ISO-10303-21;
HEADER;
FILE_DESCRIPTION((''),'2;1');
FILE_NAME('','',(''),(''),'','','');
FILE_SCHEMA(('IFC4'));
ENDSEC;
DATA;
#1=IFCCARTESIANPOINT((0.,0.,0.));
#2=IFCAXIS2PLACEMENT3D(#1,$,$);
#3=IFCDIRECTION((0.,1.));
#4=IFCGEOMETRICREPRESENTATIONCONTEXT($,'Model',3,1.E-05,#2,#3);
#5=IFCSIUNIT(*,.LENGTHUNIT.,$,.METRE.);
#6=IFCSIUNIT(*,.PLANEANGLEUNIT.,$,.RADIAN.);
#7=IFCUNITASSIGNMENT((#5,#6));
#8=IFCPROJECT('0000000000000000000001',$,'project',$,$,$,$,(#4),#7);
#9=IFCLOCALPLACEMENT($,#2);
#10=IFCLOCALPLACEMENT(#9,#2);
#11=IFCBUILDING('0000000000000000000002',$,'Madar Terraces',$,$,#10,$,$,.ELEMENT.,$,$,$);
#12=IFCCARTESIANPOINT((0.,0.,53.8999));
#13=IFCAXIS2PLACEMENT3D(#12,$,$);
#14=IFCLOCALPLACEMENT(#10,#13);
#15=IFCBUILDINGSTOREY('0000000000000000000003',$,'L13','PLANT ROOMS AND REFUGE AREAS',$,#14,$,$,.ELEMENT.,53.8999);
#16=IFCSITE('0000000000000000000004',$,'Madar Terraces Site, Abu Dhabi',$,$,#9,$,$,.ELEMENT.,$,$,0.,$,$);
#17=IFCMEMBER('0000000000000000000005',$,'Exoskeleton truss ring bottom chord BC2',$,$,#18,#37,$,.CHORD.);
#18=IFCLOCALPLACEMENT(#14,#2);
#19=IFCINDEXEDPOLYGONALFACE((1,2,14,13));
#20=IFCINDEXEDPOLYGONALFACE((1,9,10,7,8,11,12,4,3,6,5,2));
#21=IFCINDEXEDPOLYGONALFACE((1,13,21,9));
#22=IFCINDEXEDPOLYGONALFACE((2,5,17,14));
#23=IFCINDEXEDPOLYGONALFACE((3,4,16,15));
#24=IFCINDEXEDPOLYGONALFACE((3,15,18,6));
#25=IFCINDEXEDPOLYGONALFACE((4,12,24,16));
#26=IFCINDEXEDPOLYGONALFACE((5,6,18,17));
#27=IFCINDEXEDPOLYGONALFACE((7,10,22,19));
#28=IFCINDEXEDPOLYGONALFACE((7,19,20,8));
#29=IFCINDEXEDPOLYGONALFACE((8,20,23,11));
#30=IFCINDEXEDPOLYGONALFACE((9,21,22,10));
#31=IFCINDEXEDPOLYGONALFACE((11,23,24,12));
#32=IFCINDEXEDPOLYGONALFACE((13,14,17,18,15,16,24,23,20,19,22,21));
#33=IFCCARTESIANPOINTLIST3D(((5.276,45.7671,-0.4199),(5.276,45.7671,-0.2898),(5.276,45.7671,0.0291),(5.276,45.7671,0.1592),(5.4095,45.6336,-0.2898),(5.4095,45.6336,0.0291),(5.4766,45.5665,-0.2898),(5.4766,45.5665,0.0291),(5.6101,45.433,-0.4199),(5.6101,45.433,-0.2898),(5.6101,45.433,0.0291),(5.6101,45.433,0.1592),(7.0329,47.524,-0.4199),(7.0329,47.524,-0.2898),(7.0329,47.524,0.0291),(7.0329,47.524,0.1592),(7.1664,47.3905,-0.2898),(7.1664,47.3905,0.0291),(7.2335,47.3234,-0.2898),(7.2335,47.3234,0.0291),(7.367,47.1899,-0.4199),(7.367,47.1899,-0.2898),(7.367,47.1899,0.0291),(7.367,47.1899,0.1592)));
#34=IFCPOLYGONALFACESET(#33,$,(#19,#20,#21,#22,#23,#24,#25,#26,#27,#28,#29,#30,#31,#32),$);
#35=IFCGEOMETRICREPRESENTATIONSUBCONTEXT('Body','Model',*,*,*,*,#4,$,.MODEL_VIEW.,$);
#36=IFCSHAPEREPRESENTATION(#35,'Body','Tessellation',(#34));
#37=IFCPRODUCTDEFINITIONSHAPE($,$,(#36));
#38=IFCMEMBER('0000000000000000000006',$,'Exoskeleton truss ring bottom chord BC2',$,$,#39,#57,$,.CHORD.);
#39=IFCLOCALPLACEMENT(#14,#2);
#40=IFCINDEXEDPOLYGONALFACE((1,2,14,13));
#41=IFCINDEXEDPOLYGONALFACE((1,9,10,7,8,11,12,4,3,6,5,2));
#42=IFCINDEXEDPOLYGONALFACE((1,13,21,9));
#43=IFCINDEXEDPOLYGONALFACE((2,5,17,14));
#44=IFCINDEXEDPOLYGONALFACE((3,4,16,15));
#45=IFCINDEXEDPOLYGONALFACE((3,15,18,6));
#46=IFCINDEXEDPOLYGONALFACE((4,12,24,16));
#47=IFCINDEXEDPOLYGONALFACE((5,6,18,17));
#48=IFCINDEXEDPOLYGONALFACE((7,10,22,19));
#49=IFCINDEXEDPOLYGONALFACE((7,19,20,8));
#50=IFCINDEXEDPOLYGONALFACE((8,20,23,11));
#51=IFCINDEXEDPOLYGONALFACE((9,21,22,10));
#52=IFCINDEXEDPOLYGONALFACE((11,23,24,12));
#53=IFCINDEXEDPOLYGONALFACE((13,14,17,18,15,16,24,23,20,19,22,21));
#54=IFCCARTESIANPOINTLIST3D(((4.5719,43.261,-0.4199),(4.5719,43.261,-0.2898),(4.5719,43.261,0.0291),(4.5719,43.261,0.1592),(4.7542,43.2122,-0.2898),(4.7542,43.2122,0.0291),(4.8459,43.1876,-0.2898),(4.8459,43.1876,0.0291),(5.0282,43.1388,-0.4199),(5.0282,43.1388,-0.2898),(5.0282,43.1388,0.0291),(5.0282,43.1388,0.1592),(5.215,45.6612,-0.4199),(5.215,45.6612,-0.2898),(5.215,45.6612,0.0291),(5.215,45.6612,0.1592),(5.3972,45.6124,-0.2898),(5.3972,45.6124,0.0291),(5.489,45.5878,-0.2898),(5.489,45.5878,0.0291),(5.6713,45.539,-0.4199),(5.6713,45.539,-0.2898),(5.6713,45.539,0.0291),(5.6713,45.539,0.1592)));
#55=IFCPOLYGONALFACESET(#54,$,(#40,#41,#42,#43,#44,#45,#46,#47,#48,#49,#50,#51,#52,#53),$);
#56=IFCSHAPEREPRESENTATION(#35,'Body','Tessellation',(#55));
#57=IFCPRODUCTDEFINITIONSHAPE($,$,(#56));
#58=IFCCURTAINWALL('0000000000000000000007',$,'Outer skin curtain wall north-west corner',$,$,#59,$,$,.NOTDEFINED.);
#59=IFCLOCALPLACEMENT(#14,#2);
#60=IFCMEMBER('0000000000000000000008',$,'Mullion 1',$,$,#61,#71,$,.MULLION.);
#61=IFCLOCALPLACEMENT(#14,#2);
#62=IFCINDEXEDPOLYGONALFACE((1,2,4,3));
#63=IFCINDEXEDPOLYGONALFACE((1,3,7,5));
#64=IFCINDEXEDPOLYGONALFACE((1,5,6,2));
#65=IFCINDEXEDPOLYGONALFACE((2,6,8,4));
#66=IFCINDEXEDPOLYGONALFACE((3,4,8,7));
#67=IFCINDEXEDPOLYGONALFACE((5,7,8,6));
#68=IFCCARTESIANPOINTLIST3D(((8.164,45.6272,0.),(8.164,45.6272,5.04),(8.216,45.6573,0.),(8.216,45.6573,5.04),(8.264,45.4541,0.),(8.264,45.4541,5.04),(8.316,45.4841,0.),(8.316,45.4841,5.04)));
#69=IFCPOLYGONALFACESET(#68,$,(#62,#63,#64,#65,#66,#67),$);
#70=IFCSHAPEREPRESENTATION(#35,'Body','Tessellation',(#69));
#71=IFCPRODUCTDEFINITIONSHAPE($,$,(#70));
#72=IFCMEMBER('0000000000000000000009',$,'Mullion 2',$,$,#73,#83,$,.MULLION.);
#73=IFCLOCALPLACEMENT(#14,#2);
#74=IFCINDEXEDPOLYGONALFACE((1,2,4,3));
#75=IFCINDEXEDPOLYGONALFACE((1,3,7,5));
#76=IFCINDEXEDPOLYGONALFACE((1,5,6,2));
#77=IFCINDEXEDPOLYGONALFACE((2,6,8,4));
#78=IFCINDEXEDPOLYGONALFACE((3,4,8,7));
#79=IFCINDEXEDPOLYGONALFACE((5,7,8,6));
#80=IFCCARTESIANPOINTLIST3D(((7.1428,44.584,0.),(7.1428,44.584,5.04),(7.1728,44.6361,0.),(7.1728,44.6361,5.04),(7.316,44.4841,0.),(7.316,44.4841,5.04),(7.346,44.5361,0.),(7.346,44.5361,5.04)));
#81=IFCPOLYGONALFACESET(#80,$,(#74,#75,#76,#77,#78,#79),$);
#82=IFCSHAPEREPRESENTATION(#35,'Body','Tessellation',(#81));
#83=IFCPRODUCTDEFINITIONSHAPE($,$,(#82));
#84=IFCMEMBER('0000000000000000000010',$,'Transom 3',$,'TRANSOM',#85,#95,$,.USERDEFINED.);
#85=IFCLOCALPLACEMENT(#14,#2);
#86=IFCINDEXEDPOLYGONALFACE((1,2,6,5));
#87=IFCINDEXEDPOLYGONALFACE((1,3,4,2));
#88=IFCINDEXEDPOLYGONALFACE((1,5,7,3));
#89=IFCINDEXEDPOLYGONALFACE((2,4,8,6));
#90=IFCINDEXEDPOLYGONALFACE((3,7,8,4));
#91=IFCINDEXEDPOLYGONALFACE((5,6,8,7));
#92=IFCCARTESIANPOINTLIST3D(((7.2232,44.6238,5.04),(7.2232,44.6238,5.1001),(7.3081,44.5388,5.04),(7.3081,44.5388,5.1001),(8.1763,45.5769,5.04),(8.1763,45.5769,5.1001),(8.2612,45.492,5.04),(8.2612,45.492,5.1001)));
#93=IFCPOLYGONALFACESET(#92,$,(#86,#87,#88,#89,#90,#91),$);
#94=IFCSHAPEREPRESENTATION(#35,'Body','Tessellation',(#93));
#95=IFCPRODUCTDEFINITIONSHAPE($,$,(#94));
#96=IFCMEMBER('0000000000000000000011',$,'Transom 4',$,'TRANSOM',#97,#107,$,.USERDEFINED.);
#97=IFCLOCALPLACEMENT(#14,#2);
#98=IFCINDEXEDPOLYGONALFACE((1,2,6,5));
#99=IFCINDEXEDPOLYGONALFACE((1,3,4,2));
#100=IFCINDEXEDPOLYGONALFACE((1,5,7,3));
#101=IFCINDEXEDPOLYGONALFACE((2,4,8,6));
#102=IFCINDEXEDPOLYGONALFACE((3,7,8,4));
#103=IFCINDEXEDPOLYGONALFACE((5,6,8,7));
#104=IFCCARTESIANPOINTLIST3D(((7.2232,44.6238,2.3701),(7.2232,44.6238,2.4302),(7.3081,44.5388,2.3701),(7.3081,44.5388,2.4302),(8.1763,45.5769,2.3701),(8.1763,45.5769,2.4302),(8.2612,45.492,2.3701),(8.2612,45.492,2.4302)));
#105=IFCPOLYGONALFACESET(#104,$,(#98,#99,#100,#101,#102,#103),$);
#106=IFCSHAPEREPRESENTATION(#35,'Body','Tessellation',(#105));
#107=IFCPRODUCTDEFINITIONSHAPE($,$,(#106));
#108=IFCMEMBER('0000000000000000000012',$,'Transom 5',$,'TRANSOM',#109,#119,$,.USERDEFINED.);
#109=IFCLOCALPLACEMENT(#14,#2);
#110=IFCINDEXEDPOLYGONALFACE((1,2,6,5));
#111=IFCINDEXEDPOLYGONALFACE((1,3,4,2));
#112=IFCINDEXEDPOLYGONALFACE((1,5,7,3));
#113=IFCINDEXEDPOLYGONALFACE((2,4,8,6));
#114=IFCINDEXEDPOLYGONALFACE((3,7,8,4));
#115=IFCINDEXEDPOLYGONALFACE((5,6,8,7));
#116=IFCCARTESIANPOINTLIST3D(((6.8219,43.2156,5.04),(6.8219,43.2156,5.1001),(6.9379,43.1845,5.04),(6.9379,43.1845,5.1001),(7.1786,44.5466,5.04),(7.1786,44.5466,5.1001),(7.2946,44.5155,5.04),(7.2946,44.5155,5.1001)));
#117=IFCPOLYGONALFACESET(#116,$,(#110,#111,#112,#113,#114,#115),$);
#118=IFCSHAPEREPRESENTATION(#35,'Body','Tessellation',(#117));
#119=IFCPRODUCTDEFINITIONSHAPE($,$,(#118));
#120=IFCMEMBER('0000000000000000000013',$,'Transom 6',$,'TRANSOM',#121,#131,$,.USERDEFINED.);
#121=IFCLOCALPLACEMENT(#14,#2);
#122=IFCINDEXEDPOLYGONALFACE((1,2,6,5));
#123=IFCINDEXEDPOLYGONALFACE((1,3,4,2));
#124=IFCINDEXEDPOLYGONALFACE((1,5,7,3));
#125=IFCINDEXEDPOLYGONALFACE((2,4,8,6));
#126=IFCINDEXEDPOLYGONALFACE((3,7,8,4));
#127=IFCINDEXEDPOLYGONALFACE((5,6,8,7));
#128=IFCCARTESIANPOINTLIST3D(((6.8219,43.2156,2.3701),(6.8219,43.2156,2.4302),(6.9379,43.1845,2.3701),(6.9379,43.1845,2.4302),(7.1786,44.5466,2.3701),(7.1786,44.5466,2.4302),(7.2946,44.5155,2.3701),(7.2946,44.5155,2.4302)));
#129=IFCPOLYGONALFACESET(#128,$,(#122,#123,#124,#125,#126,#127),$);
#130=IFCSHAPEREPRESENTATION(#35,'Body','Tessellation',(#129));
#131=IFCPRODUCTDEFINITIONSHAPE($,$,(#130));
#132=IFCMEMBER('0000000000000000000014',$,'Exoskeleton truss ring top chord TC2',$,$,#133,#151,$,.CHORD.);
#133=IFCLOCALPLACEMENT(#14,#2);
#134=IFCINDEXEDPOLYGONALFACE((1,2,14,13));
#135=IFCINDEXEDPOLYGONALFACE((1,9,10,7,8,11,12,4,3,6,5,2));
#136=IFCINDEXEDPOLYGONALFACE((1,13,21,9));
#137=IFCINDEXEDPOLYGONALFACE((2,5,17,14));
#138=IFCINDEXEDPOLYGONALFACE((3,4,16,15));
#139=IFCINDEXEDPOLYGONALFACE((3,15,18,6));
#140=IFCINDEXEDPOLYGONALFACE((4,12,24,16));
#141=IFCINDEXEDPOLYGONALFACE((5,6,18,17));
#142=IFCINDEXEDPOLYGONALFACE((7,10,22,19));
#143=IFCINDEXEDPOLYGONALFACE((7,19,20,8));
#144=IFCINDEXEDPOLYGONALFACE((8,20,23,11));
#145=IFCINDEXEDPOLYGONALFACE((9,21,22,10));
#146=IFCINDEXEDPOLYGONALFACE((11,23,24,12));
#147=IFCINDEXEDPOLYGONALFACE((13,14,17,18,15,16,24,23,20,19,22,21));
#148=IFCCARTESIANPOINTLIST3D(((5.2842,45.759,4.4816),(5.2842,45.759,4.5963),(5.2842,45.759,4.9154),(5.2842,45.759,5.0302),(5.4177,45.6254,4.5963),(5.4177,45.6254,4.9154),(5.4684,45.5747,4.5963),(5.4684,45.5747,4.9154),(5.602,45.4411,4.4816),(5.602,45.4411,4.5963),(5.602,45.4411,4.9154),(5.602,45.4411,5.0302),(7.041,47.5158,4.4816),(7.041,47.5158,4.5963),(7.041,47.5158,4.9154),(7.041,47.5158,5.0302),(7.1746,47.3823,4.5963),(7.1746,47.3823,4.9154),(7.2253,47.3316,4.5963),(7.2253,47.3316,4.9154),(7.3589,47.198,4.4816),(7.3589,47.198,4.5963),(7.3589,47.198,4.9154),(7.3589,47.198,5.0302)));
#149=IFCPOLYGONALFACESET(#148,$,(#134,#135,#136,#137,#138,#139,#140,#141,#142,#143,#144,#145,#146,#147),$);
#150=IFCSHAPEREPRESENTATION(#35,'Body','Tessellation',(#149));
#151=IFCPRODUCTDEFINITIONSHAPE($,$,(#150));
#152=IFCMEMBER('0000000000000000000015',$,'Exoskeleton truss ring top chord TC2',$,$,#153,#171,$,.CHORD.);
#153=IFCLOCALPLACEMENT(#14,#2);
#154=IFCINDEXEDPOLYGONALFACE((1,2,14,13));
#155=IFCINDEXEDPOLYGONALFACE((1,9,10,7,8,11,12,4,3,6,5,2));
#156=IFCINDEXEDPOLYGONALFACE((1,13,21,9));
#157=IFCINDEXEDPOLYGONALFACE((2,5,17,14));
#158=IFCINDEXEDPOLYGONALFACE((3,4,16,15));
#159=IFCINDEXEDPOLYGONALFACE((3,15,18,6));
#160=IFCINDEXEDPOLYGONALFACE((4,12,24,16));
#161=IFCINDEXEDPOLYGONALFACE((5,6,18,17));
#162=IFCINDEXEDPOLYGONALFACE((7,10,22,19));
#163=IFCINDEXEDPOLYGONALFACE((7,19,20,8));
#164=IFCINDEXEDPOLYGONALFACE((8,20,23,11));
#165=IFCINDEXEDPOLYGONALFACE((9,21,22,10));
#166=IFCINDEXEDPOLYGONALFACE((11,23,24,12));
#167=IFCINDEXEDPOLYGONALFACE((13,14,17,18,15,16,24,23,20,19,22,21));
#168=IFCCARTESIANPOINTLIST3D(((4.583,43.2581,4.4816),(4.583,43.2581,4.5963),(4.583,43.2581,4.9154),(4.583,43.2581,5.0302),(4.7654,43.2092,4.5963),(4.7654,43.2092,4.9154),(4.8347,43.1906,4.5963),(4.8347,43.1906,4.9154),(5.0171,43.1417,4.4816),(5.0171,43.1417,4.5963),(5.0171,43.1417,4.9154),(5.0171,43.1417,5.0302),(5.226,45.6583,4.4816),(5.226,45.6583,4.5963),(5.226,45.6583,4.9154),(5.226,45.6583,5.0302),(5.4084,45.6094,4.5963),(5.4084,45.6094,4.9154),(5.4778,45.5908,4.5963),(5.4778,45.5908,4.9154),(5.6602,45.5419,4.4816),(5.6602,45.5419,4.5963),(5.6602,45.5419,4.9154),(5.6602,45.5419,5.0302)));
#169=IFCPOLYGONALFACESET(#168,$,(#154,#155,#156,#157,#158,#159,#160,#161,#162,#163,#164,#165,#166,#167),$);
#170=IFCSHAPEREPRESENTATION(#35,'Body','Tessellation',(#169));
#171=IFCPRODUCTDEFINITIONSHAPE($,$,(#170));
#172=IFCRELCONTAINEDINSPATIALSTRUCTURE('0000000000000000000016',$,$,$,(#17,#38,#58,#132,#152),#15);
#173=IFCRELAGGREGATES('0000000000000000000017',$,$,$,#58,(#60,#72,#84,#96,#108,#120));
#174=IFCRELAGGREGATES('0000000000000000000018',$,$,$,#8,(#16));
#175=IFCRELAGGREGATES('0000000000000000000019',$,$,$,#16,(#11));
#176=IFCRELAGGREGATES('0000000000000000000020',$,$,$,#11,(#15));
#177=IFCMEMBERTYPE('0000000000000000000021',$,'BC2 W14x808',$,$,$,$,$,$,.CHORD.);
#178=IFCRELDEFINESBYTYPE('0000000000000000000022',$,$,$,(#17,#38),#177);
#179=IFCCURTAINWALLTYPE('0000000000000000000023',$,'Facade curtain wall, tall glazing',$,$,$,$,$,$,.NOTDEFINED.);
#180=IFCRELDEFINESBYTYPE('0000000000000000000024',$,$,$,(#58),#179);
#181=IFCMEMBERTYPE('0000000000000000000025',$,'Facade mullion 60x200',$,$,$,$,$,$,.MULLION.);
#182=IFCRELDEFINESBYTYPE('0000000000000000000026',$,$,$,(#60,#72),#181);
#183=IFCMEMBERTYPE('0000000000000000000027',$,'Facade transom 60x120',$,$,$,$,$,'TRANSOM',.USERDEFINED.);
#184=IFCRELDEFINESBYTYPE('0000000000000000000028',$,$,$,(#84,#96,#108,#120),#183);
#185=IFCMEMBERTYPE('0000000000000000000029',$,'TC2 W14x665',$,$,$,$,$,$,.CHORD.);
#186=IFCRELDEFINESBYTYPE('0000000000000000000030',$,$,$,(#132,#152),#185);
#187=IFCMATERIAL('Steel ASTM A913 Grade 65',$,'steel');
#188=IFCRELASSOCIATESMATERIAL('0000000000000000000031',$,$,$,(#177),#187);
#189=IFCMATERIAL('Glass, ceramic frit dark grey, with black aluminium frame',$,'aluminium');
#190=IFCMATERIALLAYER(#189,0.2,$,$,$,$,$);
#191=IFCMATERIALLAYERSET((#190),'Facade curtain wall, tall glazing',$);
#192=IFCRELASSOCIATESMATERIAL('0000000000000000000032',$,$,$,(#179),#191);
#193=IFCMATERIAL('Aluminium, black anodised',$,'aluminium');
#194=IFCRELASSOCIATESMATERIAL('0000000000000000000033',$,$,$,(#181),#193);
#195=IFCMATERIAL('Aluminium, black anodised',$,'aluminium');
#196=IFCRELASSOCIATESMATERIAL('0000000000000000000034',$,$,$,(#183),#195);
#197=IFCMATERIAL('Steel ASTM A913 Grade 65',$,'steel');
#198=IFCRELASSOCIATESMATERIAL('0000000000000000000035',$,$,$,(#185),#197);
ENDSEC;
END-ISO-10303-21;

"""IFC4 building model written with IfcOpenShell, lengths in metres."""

from ifc_helpers import new_model, si_unit, direction, frame, origin, origin_2d, place, context, subcontext, project, spatial, rectangle, i_section, extrude, material, layer, layer_set, material_profile, profile_set, type_object, element, aggregate, save


model = new_model("IFC4")

# Units and contexts
model_context = context("Model", 3, precision=1e-05, world=origin(), true_north=direction((0.0, 1.0)))
body_context = subcontext(model_context, "Body", "Model", "MODEL_VIEW")
ifc_project = project(units=[si_unit("LENGTHUNIT", "METRE"), si_unit("PLANEANGLEUNIT", "RADIAN")], contexts=[model_context])

# Site, building, storey
site_placement = place(None, origin())
site = spatial("IfcSite", under=ifc_project, at=site_placement, Name="Madar Terraces Site, Abu Dhabi", CompositionType="ELEMENT", RefElevation=0.0)
building_placement = place(site_placement, origin())
building = spatial("IfcBuilding", under=site, at=building_placement, Name="Madar Terraces", CompositionType="ELEMENT")
storey_placement = place(building_placement, frame((0.0, 0.0, 53.8999)))
storey = spatial("IfcBuildingStorey", under=building, at=storey_placement, Name="L13", Description="PLANT ROOMS AND REFUGE AREAS", CompositionType="ELEMENT", Elevation=53.8999)

# Members
ifc_material_1 = material(Name="Steel ASTM A913 Grade 65", Category="steel")
ifc_material_profile_1 = material_profile(ifc_material_1, i_section(OverallWidth=0.4724, OverallDepth=0.5791, WebThickness=0.095, FlangeThickness=0.1301, at=origin_2d()), Name="W14x808")
ifc_profile_set_1 = profile_set([ifc_material_profile_1], Name="Steel ASTM A913 Grade 65")
member_type_1 = type_object("IfcMemberType", Name="BC2 W14x808", PredefinedType="CHORD", material=ifc_profile_set_1)
member_1_placement = place(storey_placement, frame((7.2, 47.3569, -0.1304), z_axis=(-0.707107, -0.707107, 0.0), x_axis=(0.707107, -0.707107, 0.0)))
element("IfcMember", 1, at=member_1_placement, inside=storey, type_object=member_type_1, Name="Exoskeleton truss ring bottom chord BC2", PredefinedType="CHORD", context=body_context, shape_type="SweptSolid", body=[
    extrude(i_section(OverallWidth=0.4724, OverallDepth=0.5791, WebThickness=0.095, FlangeThickness=0.1301, at=origin_2d()), origin(), (0.0, 0.0, 1.0), 2.4846),
])
member_2_placement = place(storey_placement, frame((5.4431, 45.6001, -0.1304), z_axis=(-0.2588, -0.965931, 0.0), x_axis=(0.965931, -0.2588, 0.0)))
element("IfcMember", 2, at=member_2_placement, inside=storey, type_object=member_type_1, Name="Exoskeleton truss ring bottom chord BC2", PredefinedType="CHORD", context=body_context, shape_type="SweptSolid", body=[
    extrude(i_section(OverallWidth=0.4724, OverallDepth=0.5791, WebThickness=0.095, FlangeThickness=0.1301, at=origin_2d()), origin(), (0.0, 0.0, 1.0), 2.4849),
])

# Curtain wall, members
ifc_material_2 = material(Name="Glass, ceramic frit dark grey, with black aluminium frame", Category="aluminium")
ifc_layer_1 = layer(ifc_material_2, 0.2)
ifc_layer_set_1 = layer_set([ifc_layer_1], Name="Facade curtain wall, tall glazing")
curtain_wall_type = type_object("IfcCurtainWallType", Name="Facade curtain wall, tall glazing", PredefinedType="NOTDEFINED", material=ifc_layer_set_1)
curtain_wall_placement = place(storey_placement, origin())
curtain_wall = element("IfcCurtainWall", 3, at=curtain_wall_placement, inside=storey, type_object=curtain_wall_type, Name="Outer skin curtain wall north-west corner", PredefinedType="NOTDEFINED")
ifc_material_3 = material(Name="Aluminium, black anodised", Category="aluminium")
ifc_material_profile_2 = material_profile(ifc_material_3, rectangle(XDim=0.2, YDim=0.0601, at=origin_2d()), Name="Facade mullion 60x200")
ifc_profile_set_2 = profile_set([ifc_material_profile_2], Name="Aluminium, black anodised")
member_type_2 = type_object("IfcMemberType", Name="Facade mullion 60x200", PredefinedType="MULLION", material=ifc_profile_set_2)
member_3_placement = place(storey_placement, frame((8.24, 45.5557, 0.0), z_axis=(0.0, 0.0, 1.0), x_axis=(0.5, -0.866025, 0.0)))
member_3 = element("IfcMember", 4, at=member_3_placement, type_object=member_type_2, Name="Mullion 1", PredefinedType="MULLION", context=body_context, shape_type="SweptSolid", body=[
    extrude(rectangle(XDim=0.2, YDim=0.0601, at=origin_2d()), origin(), (0.0, 0.0, 1.0), 5.04),
])
member_4_placement = place(storey_placement, frame((7.2444, 44.5601, 0.0), z_axis=(0.0, 0.0, 1.0), x_axis=(0.866025, -0.5, 0.0)))
member_4 = element("IfcMember", 5, at=member_4_placement, type_object=member_type_2, Name="Mullion 2", PredefinedType="MULLION", context=body_context, shape_type="SweptSolid", body=[
    extrude(rectangle(XDim=0.2, YDim=0.0601, at=origin_2d()), origin(), (0.0, 0.0, 1.0), 5.04),
])
ifc_material_4 = material(Name="Aluminium, black anodised", Category="aluminium")
ifc_material_profile_3 = material_profile(ifc_material_4, rectangle(XDim=0.1201, YDim=0.0601, at=origin_2d()), Name="Facade transom 60x120")
ifc_profile_set_3 = profile_set([ifc_material_profile_3], Name="Aluminium, black anodised")
member_type_3 = type_object("IfcMemberType", Name="Facade transom 60x120", ElementType="TRANSOM", PredefinedType="USERDEFINED", material=ifc_profile_set_3)
member_5_placement = place(storey_placement, frame((8.2188, 45.5344, 5.0701), z_axis=(-0.707107, -0.707107, 0.0), x_axis=(0.707107, -0.707107, 0.0)))
member_5 = element("IfcMember", 6, at=member_5_placement, type_object=member_type_3, Name="Transom 3", ObjectType="TRANSOM", PredefinedType="USERDEFINED", context=body_context, shape_type="SweptSolid", body=[
    extrude(rectangle(XDim=0.1201, YDim=0.0601, at=origin_2d()), origin(), (0.0, 0.0, 1.0), 1.3479),
])
member_6_placement = place(storey_placement, frame((8.2188, 45.5344, 2.4001), z_axis=(-0.707107, -0.707107, 0.0), x_axis=(0.707107, -0.707107, 0.0)))
member_6 = element("IfcMember", 7, at=member_6_placement, type_object=member_type_3, Name="Transom 4", ObjectType="TRANSOM", PredefinedType="USERDEFINED", context=body_context, shape_type="SweptSolid", body=[
    extrude(rectangle(XDim=0.1201, YDim=0.0601, at=origin_2d()), origin(), (0.0, 0.0, 1.0), 1.3479),
])
member_7_placement = place(storey_placement, frame((7.2366, 44.531, 5.0701), z_axis=(-0.258842, -0.96592, 0.0), x_axis=(0.96592, -0.258842, 0.0)))
member_7 = element("IfcMember", 8, at=member_7_placement, type_object=member_type_3, Name="Transom 5", ObjectType="TRANSOM", PredefinedType="USERDEFINED", context=body_context, shape_type="SweptSolid", body=[
    extrude(rectangle(XDim=0.1201, YDim=0.0601, at=origin_2d()), origin(), (0.0, 0.0, 1.0), 1.3779),
])
member_8_placement = place(storey_placement, frame((7.2366, 44.531, 2.4001), z_axis=(-0.258842, -0.96592, 0.0), x_axis=(0.96592, -0.258842, 0.0)))
member_8 = element("IfcMember", 9, at=member_8_placement, type_object=member_type_3, Name="Transom 6", ObjectType="TRANSOM", PredefinedType="USERDEFINED", context=body_context, shape_type="SweptSolid", body=[
    extrude(rectangle(XDim=0.1201, YDim=0.0601, at=origin_2d()), origin(), (0.0, 0.0, 1.0), 1.3779),
])

# Members
ifc_material_5 = material(Name="Steel ASTM A913 Grade 65", Category="steel")
ifc_material_profile_4 = material_profile(ifc_material_5, i_section(OverallWidth=0.4495, OverallDepth=0.5486, WebThickness=0.0718, FlangeThickness=0.1147, at=origin_2d()), Name="W14x665")
ifc_profile_set_4 = profile_set([ifc_material_profile_4], Name="Steel ASTM A913 Grade 65")
member_type_4 = type_object("IfcMemberType", Name="TC2 W14x665", PredefinedType="CHORD", material=ifc_profile_set_4)
member_9_placement = place(storey_placement, frame((7.2, 47.3569, 4.7559), z_axis=(-0.707107, -0.707107, 0.0), x_axis=(0.707107, -0.707107, 0.0)))
element("IfcMember", 10, at=member_9_placement, inside=storey, type_object=member_type_4, Name="Exoskeleton truss ring top chord TC2", PredefinedType="CHORD", context=body_context, shape_type="SweptSolid", body=[
    extrude(i_section(OverallWidth=0.4495, OverallDepth=0.5486, WebThickness=0.0718, FlangeThickness=0.1147, at=origin_2d()), origin(), (0.0, 0.0, 1.0), 2.4846),
])
member_10_placement = place(storey_placement, frame((5.4431, 45.6001, 4.7559), z_axis=(-0.2588, -0.965931, 0.0), x_axis=(0.965931, -0.2588, 0.0)))
element("IfcMember", 11, at=member_10_placement, inside=storey, type_object=member_type_4, Name="Exoskeleton truss ring top chord TC2", PredefinedType="CHORD", context=body_context, shape_type="SweptSolid", body=[
    extrude(i_section(OverallWidth=0.4495, OverallDepth=0.5486, WebThickness=0.0718, FlangeThickness=0.1147, at=origin_2d()), origin(), (0.0, 0.0, 1.0), 2.4849),
])

aggregate(curtain_wall, [member_3, member_4, member_5, member_6, member_7, member_8])

save(model, "model.ifc")
